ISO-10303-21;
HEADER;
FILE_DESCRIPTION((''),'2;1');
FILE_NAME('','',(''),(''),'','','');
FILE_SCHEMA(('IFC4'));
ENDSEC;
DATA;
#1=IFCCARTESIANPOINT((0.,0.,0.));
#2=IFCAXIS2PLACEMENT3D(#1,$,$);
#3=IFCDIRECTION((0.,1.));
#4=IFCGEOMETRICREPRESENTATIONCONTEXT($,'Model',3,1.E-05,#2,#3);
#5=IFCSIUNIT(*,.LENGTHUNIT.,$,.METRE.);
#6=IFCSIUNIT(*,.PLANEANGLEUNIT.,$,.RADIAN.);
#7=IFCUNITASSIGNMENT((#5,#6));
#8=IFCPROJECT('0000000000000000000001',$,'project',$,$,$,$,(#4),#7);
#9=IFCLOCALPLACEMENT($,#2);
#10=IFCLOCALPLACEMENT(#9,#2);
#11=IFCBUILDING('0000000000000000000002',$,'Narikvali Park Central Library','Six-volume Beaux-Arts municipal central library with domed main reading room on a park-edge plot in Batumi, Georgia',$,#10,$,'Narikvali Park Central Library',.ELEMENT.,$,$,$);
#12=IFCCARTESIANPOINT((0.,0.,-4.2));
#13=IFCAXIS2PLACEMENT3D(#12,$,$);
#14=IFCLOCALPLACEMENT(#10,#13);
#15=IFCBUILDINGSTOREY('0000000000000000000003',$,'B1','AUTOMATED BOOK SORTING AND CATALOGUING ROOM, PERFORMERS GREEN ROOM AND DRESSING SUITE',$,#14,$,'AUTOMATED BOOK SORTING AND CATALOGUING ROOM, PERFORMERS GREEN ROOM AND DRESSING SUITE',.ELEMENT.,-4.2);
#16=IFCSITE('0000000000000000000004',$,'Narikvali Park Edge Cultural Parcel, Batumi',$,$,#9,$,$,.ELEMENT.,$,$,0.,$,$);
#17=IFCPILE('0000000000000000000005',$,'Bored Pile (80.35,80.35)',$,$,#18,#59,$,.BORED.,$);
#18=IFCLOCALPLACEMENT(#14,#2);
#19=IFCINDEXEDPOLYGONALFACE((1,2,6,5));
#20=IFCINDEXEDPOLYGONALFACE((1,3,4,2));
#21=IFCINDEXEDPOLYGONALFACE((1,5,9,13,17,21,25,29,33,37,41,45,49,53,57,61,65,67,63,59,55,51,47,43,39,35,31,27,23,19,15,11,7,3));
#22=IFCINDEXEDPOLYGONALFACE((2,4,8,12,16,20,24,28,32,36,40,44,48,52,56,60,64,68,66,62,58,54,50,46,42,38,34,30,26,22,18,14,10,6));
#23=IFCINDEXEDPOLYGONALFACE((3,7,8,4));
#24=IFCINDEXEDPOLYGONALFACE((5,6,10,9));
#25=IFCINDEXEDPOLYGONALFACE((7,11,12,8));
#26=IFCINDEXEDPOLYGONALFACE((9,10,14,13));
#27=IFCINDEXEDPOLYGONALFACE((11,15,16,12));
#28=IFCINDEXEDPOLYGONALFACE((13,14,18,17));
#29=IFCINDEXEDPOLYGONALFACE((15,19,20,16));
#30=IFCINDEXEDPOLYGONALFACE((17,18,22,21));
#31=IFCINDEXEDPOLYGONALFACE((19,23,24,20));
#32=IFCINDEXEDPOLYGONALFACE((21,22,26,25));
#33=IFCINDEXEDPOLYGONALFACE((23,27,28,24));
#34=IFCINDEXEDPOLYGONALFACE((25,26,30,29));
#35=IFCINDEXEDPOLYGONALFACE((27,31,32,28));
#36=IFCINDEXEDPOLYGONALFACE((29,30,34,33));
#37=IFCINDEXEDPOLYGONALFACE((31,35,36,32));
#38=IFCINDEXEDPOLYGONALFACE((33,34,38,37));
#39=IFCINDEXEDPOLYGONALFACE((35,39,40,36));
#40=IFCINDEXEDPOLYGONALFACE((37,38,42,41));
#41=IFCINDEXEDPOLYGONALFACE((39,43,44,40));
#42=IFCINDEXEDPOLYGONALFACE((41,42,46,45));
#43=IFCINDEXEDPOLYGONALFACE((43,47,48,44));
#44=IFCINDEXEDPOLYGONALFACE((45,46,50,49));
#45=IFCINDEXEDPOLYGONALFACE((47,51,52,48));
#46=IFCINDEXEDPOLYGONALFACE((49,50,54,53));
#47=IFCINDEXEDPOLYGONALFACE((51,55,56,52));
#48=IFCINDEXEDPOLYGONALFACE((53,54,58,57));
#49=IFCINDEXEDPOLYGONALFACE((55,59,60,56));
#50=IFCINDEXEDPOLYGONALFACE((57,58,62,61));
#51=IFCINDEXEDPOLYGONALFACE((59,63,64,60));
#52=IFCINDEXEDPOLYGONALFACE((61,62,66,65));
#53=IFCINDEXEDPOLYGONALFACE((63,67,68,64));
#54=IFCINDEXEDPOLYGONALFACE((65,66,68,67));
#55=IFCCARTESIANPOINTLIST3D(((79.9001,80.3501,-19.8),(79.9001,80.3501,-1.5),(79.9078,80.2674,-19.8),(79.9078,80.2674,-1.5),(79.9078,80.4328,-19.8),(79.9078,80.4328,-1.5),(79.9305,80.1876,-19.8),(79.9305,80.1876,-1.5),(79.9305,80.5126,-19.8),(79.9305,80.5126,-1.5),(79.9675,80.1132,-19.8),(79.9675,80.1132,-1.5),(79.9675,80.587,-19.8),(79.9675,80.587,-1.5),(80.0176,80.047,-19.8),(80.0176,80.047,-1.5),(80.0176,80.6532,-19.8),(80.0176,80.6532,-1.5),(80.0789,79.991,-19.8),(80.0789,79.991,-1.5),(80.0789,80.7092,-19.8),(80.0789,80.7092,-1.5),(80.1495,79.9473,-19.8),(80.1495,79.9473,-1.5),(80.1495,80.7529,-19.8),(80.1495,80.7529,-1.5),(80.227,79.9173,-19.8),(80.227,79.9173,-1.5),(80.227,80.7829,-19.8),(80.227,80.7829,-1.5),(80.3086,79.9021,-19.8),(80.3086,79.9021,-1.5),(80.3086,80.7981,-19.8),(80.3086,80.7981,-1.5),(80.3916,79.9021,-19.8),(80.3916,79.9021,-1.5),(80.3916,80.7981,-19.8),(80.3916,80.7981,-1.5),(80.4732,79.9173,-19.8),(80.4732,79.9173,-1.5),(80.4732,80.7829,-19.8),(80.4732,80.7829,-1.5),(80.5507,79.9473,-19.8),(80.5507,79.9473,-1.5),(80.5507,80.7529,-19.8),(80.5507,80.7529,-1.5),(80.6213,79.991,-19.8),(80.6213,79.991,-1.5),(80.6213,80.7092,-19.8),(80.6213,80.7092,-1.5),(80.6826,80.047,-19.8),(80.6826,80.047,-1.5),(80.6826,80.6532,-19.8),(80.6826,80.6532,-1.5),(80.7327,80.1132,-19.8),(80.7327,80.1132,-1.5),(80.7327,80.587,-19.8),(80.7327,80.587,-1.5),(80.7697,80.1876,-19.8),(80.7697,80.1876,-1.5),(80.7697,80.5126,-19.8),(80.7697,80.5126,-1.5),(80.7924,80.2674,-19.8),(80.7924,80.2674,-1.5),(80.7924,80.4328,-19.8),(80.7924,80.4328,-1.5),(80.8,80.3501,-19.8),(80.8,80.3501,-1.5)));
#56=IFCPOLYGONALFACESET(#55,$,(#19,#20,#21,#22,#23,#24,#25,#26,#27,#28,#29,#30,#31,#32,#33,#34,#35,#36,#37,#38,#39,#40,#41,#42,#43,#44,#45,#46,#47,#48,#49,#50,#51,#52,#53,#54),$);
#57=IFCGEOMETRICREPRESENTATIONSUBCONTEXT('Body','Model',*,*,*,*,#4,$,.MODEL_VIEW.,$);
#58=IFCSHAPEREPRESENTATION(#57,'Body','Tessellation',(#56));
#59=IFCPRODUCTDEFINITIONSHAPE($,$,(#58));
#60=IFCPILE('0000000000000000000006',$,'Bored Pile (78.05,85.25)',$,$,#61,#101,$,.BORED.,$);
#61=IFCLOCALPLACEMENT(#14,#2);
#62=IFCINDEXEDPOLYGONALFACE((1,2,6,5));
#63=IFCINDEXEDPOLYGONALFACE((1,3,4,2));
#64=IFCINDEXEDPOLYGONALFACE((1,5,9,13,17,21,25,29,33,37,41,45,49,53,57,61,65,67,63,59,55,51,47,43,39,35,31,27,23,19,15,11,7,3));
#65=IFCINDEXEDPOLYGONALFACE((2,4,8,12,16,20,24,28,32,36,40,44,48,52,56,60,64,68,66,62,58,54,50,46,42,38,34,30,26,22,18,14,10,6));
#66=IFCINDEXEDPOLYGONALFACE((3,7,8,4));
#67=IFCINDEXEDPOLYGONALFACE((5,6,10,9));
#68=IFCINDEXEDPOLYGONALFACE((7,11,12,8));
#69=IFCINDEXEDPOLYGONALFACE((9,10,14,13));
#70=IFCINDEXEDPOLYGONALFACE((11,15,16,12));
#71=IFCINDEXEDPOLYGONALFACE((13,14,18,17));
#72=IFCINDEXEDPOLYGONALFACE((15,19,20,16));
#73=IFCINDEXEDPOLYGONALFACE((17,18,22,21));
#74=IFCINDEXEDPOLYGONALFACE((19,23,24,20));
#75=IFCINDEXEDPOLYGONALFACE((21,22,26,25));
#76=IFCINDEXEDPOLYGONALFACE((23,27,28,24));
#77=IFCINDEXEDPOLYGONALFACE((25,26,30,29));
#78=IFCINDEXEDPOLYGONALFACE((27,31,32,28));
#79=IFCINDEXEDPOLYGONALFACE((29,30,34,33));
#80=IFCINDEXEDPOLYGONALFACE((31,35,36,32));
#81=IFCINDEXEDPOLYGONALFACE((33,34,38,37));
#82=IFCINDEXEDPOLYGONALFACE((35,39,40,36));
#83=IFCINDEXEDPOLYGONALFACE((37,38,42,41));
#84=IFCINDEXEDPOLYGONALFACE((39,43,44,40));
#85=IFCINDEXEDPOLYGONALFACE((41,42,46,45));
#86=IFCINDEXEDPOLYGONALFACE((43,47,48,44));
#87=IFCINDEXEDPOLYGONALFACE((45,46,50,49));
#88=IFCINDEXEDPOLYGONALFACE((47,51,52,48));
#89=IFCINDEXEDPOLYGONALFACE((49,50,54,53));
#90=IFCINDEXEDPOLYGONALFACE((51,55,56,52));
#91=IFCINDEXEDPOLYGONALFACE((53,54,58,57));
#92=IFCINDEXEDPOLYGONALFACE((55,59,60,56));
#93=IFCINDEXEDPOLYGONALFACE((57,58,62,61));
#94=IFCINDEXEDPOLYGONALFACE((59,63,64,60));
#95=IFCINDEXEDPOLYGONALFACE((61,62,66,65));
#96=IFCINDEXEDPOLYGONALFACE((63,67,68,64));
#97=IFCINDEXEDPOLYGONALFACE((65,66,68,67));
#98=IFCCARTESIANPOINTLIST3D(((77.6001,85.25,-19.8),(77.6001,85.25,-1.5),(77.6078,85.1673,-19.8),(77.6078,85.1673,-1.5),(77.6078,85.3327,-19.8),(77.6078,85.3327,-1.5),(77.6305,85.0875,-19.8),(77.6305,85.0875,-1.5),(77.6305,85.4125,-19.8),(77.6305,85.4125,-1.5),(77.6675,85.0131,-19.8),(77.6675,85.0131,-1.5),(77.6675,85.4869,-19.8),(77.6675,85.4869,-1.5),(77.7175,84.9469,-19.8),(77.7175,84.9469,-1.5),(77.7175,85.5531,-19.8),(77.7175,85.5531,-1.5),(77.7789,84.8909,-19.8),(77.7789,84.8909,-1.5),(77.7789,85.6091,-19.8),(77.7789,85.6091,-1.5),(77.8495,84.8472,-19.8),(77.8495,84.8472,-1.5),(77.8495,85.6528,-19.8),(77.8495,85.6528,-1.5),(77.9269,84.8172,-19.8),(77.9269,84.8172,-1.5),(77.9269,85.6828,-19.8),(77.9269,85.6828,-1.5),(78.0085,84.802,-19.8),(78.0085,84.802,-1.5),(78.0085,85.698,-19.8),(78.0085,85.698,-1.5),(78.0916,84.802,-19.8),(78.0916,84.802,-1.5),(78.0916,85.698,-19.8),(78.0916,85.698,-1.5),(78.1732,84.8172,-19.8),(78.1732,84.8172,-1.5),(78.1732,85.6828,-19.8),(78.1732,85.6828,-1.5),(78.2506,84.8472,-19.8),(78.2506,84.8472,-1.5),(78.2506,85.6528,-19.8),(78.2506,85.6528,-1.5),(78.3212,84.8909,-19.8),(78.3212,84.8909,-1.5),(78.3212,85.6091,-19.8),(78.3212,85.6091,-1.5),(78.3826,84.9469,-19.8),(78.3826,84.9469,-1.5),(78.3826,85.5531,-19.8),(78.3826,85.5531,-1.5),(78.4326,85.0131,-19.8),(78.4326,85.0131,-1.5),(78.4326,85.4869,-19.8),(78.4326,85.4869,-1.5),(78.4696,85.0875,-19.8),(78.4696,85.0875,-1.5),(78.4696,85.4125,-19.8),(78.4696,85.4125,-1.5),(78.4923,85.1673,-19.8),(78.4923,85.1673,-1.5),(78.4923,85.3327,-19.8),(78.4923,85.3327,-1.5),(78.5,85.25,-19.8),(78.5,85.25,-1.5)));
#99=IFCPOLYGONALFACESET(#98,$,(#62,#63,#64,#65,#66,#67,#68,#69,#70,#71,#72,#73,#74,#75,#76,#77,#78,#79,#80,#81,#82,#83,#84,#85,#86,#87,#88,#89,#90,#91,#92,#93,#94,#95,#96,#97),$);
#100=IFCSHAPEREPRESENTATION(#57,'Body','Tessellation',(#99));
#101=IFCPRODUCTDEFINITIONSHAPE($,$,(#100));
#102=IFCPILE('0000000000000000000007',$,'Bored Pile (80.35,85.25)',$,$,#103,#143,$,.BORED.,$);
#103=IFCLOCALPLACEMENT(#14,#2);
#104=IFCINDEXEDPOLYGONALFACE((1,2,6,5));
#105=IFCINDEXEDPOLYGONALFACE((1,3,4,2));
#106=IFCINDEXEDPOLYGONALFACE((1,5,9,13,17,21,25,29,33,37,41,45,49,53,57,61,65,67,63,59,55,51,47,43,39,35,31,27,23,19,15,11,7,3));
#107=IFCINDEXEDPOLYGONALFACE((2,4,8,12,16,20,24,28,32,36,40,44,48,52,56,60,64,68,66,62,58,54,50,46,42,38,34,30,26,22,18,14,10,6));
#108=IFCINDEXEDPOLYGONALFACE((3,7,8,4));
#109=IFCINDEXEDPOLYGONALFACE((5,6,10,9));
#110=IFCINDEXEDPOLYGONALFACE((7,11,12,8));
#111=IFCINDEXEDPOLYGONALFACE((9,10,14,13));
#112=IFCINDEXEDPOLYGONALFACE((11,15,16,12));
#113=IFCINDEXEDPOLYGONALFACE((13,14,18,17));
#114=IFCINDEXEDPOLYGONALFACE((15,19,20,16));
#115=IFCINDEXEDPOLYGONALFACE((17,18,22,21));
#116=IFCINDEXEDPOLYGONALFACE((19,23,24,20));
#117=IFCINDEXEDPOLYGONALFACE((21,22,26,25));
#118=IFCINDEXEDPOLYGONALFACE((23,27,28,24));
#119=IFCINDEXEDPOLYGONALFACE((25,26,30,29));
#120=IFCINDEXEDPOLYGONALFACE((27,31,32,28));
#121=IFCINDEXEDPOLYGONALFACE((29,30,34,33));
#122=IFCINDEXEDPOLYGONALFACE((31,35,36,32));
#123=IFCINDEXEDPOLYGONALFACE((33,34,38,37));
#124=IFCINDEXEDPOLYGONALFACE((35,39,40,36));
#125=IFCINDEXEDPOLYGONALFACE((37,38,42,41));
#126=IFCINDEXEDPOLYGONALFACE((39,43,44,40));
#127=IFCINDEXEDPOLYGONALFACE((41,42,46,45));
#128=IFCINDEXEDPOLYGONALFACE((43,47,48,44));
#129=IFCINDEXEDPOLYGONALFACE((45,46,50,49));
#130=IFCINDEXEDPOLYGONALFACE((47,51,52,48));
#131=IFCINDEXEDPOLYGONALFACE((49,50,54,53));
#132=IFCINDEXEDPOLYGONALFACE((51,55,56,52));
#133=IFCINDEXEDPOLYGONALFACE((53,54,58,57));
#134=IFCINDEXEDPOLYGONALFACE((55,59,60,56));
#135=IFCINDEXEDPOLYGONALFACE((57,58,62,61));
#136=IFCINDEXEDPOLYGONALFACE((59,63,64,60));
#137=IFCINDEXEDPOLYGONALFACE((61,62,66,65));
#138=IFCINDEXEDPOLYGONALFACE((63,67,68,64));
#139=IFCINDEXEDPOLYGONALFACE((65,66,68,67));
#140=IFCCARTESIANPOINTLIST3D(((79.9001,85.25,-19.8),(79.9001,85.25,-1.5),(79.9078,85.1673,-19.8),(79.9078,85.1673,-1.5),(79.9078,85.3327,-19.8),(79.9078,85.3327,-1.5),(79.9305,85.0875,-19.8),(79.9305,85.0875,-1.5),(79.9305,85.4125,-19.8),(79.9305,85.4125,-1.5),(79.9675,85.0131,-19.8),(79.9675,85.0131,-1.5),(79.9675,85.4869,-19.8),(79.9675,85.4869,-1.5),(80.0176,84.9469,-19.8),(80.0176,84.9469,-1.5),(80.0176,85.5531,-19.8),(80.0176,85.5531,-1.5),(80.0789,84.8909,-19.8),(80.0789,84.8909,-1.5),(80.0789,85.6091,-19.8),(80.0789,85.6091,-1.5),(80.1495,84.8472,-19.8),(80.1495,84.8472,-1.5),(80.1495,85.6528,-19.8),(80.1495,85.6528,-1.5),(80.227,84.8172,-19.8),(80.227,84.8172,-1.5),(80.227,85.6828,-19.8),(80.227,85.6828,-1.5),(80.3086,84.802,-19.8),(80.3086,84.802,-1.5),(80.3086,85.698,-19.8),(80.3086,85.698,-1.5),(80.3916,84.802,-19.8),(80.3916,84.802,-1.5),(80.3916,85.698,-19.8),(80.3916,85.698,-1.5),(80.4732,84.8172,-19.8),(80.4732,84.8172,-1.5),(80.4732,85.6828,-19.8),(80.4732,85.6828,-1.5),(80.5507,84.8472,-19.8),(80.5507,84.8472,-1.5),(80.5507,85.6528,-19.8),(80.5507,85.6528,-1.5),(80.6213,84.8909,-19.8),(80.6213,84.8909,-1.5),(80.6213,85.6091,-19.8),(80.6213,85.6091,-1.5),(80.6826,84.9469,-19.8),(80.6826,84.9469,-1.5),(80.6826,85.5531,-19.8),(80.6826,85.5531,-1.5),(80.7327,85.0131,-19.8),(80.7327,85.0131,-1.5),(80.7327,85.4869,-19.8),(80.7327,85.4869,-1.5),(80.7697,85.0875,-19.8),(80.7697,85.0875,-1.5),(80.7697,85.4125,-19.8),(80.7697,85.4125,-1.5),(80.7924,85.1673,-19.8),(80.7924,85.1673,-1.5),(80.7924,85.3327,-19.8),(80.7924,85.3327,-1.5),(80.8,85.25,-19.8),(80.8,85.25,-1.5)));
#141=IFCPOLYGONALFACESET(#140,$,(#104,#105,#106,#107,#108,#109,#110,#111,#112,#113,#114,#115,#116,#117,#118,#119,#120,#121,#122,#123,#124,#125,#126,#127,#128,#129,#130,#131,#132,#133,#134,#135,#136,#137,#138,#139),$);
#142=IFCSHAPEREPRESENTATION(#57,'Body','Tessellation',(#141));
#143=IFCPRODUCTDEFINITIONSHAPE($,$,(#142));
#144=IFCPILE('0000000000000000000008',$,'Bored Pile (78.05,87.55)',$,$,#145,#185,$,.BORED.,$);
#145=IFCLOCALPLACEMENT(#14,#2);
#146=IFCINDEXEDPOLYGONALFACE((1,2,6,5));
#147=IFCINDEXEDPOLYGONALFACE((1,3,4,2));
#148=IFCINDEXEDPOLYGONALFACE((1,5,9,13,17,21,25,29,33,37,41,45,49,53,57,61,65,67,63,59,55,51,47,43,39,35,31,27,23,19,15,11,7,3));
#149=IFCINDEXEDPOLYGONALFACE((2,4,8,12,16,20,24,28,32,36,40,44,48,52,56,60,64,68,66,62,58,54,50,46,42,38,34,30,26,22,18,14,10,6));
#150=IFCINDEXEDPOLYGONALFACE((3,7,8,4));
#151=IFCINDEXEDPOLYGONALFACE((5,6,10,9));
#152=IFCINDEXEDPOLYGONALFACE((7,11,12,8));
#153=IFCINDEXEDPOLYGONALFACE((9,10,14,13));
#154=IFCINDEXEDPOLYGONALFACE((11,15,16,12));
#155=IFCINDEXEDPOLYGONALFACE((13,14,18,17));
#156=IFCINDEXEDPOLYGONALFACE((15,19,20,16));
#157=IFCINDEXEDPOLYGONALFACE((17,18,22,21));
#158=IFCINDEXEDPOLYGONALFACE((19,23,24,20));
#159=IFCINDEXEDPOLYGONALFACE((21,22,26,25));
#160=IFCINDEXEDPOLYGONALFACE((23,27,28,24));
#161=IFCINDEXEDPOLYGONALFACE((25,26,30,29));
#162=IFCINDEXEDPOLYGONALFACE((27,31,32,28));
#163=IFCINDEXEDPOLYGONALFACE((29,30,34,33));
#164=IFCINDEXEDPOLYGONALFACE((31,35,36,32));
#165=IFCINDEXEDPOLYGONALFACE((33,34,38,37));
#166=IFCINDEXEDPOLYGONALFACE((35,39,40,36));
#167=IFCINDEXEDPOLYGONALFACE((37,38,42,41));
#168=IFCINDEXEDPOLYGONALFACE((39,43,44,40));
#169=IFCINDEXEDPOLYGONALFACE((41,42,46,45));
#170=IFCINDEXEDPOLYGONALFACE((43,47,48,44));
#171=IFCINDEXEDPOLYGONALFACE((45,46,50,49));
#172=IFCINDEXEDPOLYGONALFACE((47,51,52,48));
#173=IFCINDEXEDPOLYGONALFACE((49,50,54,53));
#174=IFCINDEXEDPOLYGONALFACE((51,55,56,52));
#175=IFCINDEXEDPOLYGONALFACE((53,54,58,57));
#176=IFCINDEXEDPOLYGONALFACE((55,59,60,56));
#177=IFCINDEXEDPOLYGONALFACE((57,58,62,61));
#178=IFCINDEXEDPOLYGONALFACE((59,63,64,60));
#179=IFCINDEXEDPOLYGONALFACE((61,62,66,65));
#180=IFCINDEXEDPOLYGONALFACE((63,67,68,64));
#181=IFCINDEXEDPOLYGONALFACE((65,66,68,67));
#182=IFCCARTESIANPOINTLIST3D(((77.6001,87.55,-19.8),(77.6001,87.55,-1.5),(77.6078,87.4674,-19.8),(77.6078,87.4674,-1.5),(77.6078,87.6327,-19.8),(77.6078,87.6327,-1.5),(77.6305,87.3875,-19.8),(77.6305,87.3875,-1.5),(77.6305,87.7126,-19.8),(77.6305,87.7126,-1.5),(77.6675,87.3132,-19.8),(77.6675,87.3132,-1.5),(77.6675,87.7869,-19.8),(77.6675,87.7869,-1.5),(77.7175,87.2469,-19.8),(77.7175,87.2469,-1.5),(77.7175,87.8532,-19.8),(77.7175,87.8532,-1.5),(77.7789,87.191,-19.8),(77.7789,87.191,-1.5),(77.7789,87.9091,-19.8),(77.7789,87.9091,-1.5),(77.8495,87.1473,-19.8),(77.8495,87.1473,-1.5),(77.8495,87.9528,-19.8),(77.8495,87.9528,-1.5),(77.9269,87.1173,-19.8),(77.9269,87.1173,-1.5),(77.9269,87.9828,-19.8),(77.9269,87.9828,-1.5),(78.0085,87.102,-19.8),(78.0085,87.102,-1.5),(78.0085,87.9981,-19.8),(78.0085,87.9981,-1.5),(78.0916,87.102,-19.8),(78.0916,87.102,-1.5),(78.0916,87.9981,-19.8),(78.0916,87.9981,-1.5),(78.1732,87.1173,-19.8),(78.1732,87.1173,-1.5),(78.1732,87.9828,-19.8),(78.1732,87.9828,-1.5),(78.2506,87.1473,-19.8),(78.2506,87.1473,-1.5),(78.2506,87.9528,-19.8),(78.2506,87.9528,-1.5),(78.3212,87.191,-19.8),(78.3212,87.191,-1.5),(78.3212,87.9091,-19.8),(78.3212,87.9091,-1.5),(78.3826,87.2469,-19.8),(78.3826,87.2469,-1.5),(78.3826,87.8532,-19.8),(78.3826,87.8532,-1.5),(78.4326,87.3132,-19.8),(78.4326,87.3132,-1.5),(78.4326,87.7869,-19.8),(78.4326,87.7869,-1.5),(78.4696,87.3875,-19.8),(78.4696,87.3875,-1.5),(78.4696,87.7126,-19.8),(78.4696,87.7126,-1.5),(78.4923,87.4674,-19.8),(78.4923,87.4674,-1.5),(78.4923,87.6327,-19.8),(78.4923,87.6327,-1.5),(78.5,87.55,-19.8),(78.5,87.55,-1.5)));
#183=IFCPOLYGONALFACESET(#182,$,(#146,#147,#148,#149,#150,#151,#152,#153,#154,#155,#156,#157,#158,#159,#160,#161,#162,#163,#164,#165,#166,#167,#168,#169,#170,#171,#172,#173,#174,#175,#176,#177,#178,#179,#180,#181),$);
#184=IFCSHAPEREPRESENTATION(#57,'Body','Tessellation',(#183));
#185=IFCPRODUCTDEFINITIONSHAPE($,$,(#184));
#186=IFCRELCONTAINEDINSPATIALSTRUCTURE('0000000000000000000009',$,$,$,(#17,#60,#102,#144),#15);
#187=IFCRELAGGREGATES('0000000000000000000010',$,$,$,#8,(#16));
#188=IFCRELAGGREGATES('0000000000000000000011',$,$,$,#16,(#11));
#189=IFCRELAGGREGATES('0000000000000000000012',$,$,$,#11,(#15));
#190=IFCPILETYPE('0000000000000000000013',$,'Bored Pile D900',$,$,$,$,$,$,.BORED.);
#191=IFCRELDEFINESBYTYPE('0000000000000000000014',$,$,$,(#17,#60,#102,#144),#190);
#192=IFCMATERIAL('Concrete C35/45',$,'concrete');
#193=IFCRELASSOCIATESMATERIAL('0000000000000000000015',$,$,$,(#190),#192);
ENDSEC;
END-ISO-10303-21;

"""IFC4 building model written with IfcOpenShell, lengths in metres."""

from ifc_helpers import new_model, si_unit, direction, frame, origin, origin_2d, place, context, subcontext, project, spatial, circle, extrude, material, material_profile, profile_set, type_object, element, save


model = new_model("IFC4")

# Units and contexts
model_context = context("Model", 3, precision=1e-05, world=origin(), true_north=direction((0.0, 1.0)))
body_context = subcontext(model_context, "Body", "Model", "MODEL_VIEW")
ifc_project = project(units=[si_unit("LENGTHUNIT", "METRE"), si_unit("PLANEANGLEUNIT", "RADIAN")], contexts=[model_context])

# Site, building, storey
site_placement = place(None, origin())
site = spatial("IfcSite", under=ifc_project, at=site_placement, Name="Narikvali Park Edge Cultural Parcel, Batumi", CompositionType="ELEMENT", RefElevation=0.0)
building_placement = place(site_placement, origin())
building = spatial("IfcBuilding", under=site, at=building_placement, Name="Narikvali Park Central Library", Description="Six-volume Beaux-Arts municipal central library with domed main reading room on a park-edge plot in Batumi, Georgia", LongName="Narikvali Park Central Library", CompositionType="ELEMENT")
storey_placement = place(building_placement, frame((0.0, 0.0, -4.2)))
storey = spatial("IfcBuildingStorey", under=building, at=storey_placement, Name="B1", Description="AUTOMATED BOOK SORTING AND CATALOGUING ROOM, PERFORMERS GREEN ROOM AND DRESSING SUITE", LongName="AUTOMATED BOOK SORTING AND CATALOGUING ROOM, PERFORMERS GREEN ROOM AND DRESSING SUITE", CompositionType="ELEMENT", Elevation=-4.2)

# Piles
ifc_material_1 = material(Name="Concrete C35/45", Category="concrete")
ifc_material_profile_1 = material_profile(ifc_material_1, circle(Radius=0.45, at=origin_2d()), Name="PILE D900")
ifc_profile_set_1 = profile_set([ifc_material_profile_1], Name="Concrete C35/45")
pile_type = type_object("IfcPileType", Name="Bored Pile D900", PredefinedType="BORED", material=ifc_profile_set_1)
for number, where, z_axis, x_axis, name in (
    (1, (80.3501, 80.3501, -1.5), (0.0, 0.0, -1.0), (1.0, 0.0, 0.0), "Bored Pile (80.35,80.35)"),
    (2, (78.05, 85.25, -1.5), (0.0, 0.0, -1.0), (1.0, 0.0, 0.0), "Bored Pile (78.05,85.25)"),
    (3, (80.3501, 85.25, -1.5), (0.0, 0.0, -1.0), (1.0, 0.0, 0.0), "Bored Pile (80.35,85.25)"),
    (4, (78.05, 87.55, -1.5), (0.0, 0.0, -1.0), (1.0, 0.0, 0.0), "Bored Pile (78.05,87.55)"),
):
    element("IfcPile", number, at=place(storey_placement, frame(where, z_axis=z_axis, x_axis=x_axis)), inside=storey, type_object=pile_type, Name=name, PredefinedType="BORED", context=body_context, shape_type="SweptSolid", body=[
        extrude(circle(Radius=0.45, at=origin_2d()), origin(), (0.0, 0.0, 1.0), 18.3),
    ])

save(model, "model.ifc")
